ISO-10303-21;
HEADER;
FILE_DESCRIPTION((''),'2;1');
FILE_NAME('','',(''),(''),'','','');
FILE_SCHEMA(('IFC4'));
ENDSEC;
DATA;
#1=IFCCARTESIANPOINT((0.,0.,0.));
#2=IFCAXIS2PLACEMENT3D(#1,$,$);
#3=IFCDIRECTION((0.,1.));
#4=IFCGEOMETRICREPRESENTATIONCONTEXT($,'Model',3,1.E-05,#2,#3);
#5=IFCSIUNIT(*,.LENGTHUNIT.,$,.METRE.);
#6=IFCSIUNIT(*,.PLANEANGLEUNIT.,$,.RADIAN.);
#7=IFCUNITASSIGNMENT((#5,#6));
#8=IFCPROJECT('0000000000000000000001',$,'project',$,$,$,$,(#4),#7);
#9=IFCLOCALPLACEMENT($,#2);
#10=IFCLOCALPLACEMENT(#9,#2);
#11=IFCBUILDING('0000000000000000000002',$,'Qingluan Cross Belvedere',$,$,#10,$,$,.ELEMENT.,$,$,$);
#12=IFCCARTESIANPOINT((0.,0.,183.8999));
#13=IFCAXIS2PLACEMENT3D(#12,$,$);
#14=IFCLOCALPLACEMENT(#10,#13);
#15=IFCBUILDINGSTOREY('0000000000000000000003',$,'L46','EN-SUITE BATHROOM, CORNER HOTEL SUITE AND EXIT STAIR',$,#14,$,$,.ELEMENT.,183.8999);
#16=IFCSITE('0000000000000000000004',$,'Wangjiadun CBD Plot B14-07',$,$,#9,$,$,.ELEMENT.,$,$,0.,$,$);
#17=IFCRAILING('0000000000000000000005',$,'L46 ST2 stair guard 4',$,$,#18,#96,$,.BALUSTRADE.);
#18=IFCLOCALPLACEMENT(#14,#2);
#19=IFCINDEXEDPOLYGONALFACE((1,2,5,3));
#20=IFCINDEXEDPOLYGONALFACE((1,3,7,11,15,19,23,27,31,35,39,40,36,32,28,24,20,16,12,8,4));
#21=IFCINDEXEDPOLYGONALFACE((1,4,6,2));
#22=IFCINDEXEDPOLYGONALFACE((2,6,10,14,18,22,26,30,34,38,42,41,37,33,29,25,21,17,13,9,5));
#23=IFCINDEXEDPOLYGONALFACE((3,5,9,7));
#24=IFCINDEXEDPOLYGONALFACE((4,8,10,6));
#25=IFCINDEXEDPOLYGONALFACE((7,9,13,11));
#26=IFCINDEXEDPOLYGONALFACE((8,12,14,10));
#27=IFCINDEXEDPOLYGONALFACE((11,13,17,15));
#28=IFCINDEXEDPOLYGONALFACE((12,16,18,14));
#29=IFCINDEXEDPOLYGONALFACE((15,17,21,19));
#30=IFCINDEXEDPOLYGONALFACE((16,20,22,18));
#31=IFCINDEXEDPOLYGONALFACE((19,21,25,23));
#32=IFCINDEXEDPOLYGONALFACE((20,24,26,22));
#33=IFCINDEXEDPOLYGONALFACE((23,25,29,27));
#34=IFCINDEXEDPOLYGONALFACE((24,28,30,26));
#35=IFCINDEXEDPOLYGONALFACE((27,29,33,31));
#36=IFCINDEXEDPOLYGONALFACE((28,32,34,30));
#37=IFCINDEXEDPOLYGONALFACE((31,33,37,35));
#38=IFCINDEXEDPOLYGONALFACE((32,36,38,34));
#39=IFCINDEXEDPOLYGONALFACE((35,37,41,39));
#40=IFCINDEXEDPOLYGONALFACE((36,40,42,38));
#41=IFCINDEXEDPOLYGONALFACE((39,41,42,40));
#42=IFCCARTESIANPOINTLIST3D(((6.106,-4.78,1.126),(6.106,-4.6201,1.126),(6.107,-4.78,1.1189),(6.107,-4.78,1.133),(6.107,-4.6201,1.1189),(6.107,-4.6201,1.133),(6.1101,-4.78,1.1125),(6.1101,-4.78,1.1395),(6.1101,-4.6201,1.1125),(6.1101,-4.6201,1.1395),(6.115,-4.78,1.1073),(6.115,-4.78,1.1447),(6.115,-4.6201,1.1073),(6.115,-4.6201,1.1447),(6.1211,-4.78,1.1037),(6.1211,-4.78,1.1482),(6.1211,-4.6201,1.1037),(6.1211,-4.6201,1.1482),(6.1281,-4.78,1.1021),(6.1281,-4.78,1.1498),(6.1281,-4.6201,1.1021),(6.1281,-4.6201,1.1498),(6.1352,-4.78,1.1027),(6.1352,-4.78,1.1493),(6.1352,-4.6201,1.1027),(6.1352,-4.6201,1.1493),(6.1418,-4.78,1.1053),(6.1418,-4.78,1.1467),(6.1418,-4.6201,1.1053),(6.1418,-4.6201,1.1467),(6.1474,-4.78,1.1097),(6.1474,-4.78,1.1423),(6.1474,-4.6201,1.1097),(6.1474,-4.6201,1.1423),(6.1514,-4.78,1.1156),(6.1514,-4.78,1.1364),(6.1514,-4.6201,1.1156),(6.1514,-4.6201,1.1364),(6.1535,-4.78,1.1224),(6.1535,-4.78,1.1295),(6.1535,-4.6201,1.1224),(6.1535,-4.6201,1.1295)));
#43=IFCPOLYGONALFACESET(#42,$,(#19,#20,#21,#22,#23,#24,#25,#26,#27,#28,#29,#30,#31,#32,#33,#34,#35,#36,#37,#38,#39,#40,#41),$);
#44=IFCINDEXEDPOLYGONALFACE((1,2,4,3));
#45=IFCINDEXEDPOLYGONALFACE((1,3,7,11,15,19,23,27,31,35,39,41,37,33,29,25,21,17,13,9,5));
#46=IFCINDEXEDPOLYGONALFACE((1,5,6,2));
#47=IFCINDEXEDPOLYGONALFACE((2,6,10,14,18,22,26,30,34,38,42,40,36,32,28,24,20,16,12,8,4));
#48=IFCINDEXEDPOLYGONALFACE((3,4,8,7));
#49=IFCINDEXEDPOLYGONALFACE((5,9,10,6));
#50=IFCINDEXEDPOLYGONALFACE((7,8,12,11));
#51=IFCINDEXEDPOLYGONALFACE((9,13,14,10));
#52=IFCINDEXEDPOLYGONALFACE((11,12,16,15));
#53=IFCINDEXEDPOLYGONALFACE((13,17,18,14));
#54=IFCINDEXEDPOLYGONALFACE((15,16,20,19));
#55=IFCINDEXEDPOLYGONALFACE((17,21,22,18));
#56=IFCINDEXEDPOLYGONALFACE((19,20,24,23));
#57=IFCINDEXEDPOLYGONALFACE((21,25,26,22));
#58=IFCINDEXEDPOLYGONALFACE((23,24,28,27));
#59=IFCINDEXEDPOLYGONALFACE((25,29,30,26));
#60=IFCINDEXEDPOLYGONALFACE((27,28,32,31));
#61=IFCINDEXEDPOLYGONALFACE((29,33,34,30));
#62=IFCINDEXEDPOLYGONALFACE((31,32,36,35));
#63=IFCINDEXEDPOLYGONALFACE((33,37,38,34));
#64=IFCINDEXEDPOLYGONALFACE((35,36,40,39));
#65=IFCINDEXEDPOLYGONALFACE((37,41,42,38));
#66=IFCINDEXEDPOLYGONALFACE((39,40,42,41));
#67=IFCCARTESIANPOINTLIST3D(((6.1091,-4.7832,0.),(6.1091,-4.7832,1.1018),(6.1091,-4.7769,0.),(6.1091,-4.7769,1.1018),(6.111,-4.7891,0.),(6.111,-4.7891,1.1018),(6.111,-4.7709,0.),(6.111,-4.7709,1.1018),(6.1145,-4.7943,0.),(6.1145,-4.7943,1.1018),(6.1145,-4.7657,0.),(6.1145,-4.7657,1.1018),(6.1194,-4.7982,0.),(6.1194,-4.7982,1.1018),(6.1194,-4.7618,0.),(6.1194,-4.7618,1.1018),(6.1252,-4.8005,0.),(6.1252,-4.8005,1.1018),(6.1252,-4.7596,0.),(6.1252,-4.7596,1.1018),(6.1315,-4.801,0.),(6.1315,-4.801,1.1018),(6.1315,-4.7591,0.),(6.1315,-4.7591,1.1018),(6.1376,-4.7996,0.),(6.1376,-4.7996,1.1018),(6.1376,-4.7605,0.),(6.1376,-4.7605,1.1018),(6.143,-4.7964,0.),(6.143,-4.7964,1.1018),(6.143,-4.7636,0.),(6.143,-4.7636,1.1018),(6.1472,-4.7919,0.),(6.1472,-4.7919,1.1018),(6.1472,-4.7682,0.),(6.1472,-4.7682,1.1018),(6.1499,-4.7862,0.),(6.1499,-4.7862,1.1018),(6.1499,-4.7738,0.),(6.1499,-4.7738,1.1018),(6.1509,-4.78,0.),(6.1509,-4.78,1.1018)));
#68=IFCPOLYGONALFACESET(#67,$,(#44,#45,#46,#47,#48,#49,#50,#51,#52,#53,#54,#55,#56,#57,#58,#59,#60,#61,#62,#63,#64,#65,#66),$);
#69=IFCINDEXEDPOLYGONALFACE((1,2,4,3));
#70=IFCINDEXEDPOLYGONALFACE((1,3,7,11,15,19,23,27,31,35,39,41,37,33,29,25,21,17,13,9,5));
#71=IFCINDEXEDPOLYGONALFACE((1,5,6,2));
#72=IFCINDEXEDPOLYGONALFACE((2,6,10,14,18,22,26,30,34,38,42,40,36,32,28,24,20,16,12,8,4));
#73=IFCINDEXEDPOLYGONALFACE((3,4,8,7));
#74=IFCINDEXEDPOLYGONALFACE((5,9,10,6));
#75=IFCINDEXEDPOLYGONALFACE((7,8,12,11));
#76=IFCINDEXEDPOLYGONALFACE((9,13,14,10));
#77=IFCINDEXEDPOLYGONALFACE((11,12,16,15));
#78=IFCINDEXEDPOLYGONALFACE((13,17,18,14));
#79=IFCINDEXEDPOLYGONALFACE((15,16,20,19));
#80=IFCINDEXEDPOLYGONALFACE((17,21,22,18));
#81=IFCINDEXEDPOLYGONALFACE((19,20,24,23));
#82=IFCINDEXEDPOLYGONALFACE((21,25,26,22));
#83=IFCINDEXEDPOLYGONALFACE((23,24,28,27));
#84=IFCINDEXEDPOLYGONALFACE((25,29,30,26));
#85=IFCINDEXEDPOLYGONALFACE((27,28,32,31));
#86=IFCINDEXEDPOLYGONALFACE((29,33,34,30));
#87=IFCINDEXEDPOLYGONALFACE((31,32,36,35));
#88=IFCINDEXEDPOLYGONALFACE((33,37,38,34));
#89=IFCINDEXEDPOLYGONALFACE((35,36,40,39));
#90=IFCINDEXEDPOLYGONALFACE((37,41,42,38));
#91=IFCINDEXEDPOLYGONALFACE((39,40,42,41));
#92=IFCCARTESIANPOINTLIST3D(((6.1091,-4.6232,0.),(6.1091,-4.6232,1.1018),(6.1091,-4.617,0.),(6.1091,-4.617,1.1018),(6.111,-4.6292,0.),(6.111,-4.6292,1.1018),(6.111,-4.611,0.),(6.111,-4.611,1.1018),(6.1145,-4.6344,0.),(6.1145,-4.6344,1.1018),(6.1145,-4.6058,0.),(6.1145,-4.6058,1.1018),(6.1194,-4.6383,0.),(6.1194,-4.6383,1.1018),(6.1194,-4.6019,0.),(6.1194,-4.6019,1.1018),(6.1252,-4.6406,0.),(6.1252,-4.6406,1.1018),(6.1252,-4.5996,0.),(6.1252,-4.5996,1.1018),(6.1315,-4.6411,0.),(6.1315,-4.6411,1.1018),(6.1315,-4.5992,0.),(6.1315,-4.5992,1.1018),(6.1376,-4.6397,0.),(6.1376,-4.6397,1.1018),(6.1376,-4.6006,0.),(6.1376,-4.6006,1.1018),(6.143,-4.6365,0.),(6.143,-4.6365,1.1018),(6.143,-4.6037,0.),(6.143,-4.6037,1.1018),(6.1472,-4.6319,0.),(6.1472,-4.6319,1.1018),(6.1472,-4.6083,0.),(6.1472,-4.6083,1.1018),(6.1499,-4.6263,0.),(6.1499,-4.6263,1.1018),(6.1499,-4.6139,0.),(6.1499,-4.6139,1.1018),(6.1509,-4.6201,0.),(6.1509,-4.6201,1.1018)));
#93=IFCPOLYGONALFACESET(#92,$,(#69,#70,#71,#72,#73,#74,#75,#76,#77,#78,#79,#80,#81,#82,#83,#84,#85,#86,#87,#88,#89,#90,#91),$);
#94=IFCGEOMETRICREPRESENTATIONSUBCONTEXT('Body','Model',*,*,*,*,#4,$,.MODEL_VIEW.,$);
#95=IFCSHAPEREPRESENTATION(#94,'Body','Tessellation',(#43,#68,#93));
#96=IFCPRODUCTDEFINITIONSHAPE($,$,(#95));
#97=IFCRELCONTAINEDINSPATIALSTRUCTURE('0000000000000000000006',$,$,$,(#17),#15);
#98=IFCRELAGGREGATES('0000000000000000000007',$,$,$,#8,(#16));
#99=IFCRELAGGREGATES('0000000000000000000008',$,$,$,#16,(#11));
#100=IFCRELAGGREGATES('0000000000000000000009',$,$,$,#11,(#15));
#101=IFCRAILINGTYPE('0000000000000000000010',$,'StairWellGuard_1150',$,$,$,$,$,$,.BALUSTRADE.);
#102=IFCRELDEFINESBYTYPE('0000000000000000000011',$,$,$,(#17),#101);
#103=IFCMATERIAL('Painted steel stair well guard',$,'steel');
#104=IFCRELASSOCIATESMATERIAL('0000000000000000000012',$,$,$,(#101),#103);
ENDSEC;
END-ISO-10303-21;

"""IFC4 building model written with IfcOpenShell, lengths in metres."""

from ifc_helpers import new_model, si_unit, direction, frame, origin, origin_2d, place, context, subcontext, project, spatial, circle, extrude, material, type_object, element, save


model = new_model("IFC4")

# Units and contexts
model_context = context("Model", 3, precision=1e-05, world=origin(), true_north=direction((0.0, 1.0)))
body_context = subcontext(model_context, "Body", "Model", "MODEL_VIEW")
ifc_project = project(units=[si_unit("LENGTHUNIT", "METRE"), si_unit("PLANEANGLEUNIT", "RADIAN")], contexts=[model_context])

# Site, building, storey
site_placement = place(None, origin())
site = spatial("IfcSite", under=ifc_project, at=site_placement, Name="Wangjiadun CBD Plot B14-07", CompositionType="ELEMENT", RefElevation=0.0)
building_placement = place(site_placement, origin())
building = spatial("IfcBuilding", under=site, at=building_placement, Name="Qingluan Cross Belvedere", CompositionType="ELEMENT")
storey_placement = place(building_placement, frame((0.0, 0.0, 183.8999)))
storey = spatial("IfcBuildingStorey", under=building, at=storey_placement, Name="L46", Description="EN-SUITE BATHROOM, CORNER HOTEL SUITE AND EXIT STAIR", CompositionType="ELEMENT", Elevation=183.8999)

# Railing
ifc_material_1 = material(Name="Painted steel stair well guard", Category="steel")
railing_type_1 = type_object("IfcRailingType", Name="StairWellGuard_1150", PredefinedType="BALUSTRADE", material=ifc_material_1)
railing_1_placement = place(storey_placement, frame((6.1299, -4.78, 0.0)))
element("IfcRailing", 1, at=railing_1_placement, inside=storey, type_object=railing_type_1, Name="L46 ST2 stair guard 4", PredefinedType="BALUSTRADE", context=body_context, shape_type="SweptSolid", body=[
    extrude(circle(Radius=0.0239, at=origin_2d()), frame((0.0, 0.0, 1.126), z_axis=(0.0, 1.0, 0.0), x_axis=(-1.0, 0.0, 0.0)), (0.0, 0.0, 1.0), 0.1599),
    extrude(circle(Radius=0.021, at=origin_2d()), origin(), (0.0, 0.0, 1.0), 1.1018),
    extrude(circle(Radius=0.021, at=origin_2d()), frame((0.0, 0.1599, 0.0)), (0.0, 0.0, 1.0), 1.1018),
])

save(model, "model.ifc")
